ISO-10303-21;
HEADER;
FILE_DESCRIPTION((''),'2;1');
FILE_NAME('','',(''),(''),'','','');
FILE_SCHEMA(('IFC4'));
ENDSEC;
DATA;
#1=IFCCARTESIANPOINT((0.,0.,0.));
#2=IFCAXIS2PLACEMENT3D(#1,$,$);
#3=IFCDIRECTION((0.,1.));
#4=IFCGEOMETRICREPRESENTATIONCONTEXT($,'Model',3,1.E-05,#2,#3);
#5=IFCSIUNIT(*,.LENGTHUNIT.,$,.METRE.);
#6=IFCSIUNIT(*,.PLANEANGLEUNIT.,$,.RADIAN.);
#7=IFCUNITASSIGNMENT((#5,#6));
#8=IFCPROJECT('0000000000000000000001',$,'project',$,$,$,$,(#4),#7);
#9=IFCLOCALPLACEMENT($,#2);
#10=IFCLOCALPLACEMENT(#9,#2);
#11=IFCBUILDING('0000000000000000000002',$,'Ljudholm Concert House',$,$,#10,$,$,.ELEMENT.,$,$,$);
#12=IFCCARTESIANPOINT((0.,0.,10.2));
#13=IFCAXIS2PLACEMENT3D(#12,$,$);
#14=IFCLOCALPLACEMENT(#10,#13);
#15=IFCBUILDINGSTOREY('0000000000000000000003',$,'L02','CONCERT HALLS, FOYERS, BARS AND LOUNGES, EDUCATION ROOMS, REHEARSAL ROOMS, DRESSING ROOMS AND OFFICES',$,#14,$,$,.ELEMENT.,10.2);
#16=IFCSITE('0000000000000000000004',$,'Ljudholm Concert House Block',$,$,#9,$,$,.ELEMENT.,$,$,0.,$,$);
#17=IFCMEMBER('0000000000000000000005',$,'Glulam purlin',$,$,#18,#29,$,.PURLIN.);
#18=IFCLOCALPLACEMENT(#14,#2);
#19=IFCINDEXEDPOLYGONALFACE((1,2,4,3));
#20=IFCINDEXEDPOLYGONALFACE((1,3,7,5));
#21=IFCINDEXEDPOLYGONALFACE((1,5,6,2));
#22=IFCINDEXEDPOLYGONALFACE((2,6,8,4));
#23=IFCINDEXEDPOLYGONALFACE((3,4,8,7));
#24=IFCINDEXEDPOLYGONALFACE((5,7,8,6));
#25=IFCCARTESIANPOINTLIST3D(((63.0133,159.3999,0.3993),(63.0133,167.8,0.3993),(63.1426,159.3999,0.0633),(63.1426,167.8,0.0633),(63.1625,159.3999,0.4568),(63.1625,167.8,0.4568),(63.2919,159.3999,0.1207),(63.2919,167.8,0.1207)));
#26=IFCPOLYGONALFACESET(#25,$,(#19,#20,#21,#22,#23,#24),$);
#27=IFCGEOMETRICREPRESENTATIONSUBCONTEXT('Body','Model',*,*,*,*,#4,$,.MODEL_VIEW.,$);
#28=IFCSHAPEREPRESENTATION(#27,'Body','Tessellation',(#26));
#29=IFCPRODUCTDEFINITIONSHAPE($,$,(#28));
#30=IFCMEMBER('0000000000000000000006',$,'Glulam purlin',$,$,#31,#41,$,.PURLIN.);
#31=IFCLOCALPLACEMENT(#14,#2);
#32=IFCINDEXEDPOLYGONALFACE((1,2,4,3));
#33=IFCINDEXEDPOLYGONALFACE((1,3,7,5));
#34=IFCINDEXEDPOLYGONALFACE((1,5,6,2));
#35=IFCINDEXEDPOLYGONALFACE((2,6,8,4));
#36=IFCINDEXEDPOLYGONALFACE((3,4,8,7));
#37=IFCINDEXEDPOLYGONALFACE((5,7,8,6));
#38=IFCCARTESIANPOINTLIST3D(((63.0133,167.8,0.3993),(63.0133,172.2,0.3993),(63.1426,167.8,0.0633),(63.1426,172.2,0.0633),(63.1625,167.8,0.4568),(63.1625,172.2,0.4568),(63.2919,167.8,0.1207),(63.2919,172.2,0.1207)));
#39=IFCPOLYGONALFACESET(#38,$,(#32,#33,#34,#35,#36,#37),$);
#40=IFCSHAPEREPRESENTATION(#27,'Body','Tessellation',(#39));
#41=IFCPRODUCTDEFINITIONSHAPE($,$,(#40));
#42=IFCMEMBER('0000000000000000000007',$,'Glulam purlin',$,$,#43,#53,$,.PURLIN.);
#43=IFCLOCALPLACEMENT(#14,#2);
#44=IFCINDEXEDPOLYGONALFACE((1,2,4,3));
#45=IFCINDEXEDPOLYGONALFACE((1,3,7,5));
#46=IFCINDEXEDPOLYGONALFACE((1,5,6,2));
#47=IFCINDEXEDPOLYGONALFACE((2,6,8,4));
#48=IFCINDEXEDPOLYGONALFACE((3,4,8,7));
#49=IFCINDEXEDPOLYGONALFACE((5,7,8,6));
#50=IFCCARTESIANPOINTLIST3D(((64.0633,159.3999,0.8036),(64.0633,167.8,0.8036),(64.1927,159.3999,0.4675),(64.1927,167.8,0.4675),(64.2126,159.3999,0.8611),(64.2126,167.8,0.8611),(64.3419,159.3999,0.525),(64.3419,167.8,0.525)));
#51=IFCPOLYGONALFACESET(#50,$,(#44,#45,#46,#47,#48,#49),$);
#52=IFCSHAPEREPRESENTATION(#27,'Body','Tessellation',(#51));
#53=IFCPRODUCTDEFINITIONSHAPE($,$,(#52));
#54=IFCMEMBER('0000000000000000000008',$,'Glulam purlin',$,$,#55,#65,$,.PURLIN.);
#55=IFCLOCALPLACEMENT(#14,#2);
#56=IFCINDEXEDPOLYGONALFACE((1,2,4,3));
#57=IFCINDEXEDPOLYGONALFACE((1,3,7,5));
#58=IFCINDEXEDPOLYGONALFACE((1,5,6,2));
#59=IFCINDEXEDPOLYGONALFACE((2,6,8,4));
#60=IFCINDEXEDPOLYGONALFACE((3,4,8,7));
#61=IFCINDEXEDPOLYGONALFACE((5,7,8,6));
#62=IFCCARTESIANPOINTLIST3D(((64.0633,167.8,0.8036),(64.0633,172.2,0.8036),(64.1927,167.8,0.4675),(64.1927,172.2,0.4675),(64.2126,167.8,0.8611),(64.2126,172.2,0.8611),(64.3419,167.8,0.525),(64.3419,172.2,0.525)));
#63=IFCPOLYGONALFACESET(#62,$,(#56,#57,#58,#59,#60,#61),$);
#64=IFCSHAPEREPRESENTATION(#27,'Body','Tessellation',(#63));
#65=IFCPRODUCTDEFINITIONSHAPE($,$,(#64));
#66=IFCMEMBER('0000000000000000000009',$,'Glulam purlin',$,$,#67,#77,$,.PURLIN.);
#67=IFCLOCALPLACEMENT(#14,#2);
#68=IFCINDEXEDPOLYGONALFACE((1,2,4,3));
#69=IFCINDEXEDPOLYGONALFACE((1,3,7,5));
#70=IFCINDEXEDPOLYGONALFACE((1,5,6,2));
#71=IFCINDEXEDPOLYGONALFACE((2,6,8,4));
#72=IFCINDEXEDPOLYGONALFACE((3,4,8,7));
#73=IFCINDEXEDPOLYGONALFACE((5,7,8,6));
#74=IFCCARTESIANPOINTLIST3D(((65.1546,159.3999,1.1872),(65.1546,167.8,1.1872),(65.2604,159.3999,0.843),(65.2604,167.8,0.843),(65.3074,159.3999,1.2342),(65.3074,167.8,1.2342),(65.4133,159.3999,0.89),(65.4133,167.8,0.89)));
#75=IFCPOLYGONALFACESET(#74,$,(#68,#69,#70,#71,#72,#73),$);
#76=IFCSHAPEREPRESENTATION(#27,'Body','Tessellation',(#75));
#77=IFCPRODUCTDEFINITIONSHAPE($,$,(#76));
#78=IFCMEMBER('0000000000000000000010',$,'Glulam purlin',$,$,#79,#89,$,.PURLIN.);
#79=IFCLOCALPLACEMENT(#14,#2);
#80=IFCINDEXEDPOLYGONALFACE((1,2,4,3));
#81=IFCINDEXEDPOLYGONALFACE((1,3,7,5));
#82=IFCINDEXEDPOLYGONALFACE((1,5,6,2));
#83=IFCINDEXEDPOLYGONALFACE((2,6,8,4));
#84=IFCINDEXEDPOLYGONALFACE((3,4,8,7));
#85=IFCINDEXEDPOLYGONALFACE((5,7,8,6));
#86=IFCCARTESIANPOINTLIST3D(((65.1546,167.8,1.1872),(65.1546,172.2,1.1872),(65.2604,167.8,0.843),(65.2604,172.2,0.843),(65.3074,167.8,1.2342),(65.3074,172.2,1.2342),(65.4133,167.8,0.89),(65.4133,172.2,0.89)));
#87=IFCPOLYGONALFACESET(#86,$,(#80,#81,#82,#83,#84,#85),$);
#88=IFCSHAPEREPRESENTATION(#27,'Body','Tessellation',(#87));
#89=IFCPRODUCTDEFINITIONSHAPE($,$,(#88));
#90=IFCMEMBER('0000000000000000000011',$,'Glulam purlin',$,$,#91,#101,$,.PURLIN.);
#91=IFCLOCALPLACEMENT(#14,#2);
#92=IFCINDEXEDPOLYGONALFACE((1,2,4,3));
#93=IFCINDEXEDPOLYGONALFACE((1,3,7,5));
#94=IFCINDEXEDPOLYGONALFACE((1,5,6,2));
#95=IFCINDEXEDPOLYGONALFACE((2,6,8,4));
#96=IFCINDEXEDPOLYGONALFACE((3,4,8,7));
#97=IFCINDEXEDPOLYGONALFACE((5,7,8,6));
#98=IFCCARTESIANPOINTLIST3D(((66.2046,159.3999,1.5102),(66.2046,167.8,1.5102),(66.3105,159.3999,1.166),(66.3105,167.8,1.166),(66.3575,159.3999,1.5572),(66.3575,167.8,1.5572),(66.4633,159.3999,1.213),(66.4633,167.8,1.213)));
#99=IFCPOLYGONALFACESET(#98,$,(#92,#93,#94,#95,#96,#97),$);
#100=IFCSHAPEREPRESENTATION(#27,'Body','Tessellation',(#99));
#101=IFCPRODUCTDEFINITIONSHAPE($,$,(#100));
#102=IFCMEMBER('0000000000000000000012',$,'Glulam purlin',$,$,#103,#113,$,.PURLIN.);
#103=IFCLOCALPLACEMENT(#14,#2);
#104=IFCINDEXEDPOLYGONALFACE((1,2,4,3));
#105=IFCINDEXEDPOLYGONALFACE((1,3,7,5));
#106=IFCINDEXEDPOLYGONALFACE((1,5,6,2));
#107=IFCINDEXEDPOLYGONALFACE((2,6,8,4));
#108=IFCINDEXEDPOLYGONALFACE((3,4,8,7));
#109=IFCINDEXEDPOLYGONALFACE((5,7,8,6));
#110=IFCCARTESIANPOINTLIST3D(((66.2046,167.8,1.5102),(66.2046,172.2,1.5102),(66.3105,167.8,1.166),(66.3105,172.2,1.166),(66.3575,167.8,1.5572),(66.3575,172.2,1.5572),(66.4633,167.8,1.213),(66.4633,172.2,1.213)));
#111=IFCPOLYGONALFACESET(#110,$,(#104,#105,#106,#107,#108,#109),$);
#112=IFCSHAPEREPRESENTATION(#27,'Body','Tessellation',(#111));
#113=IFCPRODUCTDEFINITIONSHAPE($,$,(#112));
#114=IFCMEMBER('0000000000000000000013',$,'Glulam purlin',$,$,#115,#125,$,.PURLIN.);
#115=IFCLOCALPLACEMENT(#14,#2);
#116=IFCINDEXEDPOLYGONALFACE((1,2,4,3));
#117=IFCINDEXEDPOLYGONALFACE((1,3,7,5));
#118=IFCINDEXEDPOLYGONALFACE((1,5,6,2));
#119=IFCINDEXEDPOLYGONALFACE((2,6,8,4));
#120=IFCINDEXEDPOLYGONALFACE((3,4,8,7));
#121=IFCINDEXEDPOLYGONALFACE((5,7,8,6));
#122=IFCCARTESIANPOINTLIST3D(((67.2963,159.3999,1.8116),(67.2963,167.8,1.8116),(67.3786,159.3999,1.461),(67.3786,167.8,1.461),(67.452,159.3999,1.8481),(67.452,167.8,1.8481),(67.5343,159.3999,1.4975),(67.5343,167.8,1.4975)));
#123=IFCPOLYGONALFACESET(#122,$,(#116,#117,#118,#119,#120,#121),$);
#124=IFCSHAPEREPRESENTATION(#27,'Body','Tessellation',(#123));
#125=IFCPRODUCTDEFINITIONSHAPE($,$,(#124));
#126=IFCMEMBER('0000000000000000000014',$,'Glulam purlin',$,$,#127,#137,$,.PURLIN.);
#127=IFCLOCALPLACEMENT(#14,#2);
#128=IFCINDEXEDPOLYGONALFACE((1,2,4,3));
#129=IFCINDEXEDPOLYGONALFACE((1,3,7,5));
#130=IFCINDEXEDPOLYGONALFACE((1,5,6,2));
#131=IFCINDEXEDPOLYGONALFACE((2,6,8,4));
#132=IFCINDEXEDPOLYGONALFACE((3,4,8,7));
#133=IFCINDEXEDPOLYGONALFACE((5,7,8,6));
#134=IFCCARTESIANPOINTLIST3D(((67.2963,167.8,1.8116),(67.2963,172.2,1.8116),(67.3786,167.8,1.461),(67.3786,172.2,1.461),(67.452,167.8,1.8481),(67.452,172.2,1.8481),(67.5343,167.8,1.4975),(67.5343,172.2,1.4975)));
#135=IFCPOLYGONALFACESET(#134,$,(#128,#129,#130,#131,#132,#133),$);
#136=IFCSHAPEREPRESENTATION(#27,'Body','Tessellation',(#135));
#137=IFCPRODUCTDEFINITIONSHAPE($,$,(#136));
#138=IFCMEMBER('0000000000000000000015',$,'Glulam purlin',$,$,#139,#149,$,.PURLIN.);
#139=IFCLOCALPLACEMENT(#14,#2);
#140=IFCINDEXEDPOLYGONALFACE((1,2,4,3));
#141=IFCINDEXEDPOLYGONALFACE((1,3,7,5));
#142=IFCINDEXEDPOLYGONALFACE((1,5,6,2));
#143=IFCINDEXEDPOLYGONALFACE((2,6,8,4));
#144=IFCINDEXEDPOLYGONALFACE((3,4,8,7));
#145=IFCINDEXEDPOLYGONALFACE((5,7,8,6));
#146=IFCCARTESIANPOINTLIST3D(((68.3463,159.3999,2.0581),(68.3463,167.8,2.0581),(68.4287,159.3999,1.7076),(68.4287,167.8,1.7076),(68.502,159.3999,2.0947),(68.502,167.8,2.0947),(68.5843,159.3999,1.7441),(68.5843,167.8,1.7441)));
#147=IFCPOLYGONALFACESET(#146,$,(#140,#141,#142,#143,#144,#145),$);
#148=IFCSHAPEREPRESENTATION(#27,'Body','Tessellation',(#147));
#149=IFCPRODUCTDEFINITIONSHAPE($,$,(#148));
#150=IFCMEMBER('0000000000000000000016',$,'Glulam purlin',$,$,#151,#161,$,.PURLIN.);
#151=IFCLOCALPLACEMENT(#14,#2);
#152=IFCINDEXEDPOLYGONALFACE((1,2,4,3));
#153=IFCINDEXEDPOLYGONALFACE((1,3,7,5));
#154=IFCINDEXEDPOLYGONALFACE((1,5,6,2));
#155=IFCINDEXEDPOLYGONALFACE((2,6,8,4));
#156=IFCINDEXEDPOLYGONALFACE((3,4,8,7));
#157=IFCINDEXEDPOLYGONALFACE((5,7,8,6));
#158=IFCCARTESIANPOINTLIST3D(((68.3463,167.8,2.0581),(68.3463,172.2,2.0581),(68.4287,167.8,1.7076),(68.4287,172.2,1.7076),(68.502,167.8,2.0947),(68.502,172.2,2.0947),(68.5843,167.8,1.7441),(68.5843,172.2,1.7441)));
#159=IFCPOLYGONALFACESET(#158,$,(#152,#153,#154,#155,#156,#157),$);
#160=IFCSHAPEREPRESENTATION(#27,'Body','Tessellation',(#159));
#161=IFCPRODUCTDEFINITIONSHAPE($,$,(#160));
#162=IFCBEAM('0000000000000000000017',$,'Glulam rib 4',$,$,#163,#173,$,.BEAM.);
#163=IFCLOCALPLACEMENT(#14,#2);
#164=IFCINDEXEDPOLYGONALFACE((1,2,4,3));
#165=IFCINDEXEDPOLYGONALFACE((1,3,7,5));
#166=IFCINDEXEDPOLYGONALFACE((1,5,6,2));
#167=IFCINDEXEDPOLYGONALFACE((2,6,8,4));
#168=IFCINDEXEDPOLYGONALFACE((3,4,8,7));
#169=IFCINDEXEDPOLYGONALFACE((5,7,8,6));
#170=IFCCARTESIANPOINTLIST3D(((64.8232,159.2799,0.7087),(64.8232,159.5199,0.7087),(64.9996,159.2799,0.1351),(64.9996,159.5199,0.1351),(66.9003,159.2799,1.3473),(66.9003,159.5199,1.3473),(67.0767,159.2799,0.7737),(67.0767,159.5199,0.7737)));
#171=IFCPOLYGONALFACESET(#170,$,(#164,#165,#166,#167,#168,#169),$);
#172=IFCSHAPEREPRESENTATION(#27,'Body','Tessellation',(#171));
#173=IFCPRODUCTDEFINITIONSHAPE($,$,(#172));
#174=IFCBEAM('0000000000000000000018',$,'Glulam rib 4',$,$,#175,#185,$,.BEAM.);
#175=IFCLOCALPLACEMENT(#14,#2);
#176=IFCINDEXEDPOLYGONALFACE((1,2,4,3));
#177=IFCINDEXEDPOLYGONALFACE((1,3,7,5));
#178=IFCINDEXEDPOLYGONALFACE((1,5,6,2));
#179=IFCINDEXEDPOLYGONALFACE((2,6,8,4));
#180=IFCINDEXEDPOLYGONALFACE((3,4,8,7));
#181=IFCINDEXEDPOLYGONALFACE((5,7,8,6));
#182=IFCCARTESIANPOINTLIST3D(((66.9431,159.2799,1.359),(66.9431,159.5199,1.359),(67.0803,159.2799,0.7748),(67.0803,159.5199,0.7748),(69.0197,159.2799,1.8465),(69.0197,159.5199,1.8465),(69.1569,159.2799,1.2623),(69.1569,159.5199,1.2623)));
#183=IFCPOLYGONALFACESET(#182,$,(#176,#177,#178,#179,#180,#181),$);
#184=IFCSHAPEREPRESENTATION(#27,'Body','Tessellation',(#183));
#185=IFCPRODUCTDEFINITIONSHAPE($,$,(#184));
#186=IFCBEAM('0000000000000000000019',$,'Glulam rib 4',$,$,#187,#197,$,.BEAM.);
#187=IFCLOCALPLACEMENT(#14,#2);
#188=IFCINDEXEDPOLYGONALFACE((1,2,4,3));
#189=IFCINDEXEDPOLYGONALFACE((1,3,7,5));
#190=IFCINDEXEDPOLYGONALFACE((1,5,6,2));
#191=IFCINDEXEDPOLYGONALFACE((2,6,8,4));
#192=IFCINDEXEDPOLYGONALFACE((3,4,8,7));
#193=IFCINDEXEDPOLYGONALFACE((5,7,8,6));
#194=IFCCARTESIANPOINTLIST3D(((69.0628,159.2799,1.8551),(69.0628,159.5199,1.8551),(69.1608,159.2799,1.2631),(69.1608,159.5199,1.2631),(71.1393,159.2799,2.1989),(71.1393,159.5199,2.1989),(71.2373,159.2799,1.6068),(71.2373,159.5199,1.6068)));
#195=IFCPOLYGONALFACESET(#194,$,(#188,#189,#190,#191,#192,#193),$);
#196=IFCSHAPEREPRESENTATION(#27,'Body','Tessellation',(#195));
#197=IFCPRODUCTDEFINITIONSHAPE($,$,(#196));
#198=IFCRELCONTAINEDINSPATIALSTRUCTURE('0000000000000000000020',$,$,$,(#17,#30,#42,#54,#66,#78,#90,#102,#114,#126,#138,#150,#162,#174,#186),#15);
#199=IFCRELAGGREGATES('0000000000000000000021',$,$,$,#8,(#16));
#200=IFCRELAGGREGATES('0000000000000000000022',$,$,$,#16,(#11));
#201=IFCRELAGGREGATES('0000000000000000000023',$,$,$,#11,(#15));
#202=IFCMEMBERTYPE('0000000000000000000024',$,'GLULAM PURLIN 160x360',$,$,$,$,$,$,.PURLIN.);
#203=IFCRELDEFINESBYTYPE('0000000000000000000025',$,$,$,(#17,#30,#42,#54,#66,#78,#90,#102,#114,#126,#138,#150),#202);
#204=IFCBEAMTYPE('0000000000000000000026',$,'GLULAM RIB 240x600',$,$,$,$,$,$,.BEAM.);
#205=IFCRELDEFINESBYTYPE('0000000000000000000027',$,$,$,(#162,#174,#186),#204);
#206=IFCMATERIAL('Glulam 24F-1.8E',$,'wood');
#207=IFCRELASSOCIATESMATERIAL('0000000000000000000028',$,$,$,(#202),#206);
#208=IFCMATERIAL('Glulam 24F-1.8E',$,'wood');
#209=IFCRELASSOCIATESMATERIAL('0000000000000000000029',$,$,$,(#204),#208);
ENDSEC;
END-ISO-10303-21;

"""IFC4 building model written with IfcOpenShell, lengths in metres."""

from ifc_helpers import new_model, si_unit, direction, frame, origin, origin_2d, place, context, subcontext, project, spatial, rectangle, extrude, material, material_profile, profile_set, type_object, element, save


model = new_model("IFC4")

# Units and contexts
model_context = context("Model", 3, precision=1e-05, world=origin(), true_north=direction((0.0, 1.0)))
body_context = subcontext(model_context, "Body", "Model", "MODEL_VIEW")
ifc_project = project(units=[si_unit("LENGTHUNIT", "METRE"), si_unit("PLANEANGLEUNIT", "RADIAN")], contexts=[model_context])

# Site, building, storey
site_placement = place(None, origin())
site = spatial("IfcSite", under=ifc_project, at=site_placement, Name="Ljudholm Concert House Block", CompositionType="ELEMENT", RefElevation=0.0)
building_placement = place(site_placement, origin())
building = spatial("IfcBuilding", under=site, at=building_placement, Name="Ljudholm Concert House", CompositionType="ELEMENT")
storey_placement = place(building_placement, frame((0.0, 0.0, 10.2)))
storey = spatial("IfcBuildingStorey", under=building, at=storey_placement, Name="L02", Description="CONCERT HALLS, FOYERS, BARS AND LOUNGES, EDUCATION ROOMS, REHEARSAL ROOMS, DRESSING ROOMS AND OFFICES", CompositionType="ELEMENT", Elevation=10.2)

# Members
ifc_material_1 = material(Name="Glulam 24F-1.8E", Category="wood")
ifc_material_profile_1 = material_profile(ifc_material_1, rectangle(XDim=0.1599, YDim=0.3601, at=origin_2d()), Name="GLULAM PURLIN 160x360")
ifc_profile_set_1 = profile_set([ifc_material_profile_1], Name="Glulam 24F-1.8E")
member_type = type_object("IfcMemberType", Name="GLULAM PURLIN 160x360", PredefinedType="PURLIN", material=ifc_profile_set_1)
member_1_placement = place(storey_placement, frame((63.1526, 159.3999, 0.26), z_axis=(0.0, 1.0, 0.0), x_axis=(-0.933249, 0.0, -0.359229)))
element("IfcMember", 1, at=member_1_placement, inside=storey, type_object=member_type, Name="Glulam purlin", PredefinedType="PURLIN", context=body_context, shape_type="SweptSolid", body=[
    extrude(rectangle(XDim=0.1599, YDim=0.3601, at=origin_2d()), origin(), (0.0, 0.0, 1.0), 8.4001),
])
member_2_placement = place(storey_placement, frame((63.1526, 167.8, 0.26), z_axis=(0.0, 1.0, 0.0), x_axis=(-0.933249, 0.0, -0.359229)))
element("IfcMember", 2, at=member_2_placement, inside=storey, type_object=member_type, Name="Glulam purlin", PredefinedType="PURLIN", context=body_context, shape_type="SweptSolid", body=[
    extrude(rectangle(XDim=0.1599, YDim=0.3601, at=origin_2d()), origin(), (0.0, 0.0, 1.0), 4.3999),
])
member_3_placement = place(storey_placement, frame((64.2026, 159.3999, 0.6643), z_axis=(0.0, 1.0, 0.0), x_axis=(-0.933249, 0.0, -0.359229)))
element("IfcMember", 3, at=member_3_placement, inside=storey, type_object=member_type, Name="Glulam purlin", PredefinedType="PURLIN", context=body_context, shape_type="SweptSolid", body=[
    extrude(rectangle(XDim=0.1599, YDim=0.3601, at=origin_2d()), origin(), (0.0, 0.0, 1.0), 8.4001),
])
member_4_placement = place(storey_placement, frame((64.2026, 167.8, 0.6643), z_axis=(0.0, 1.0, 0.0), x_axis=(-0.933249, 0.0, -0.359229)))
element("IfcMember", 4, at=member_4_placement, inside=storey, type_object=member_type, Name="Glulam purlin", PredefinedType="PURLIN", context=body_context, shape_type="SweptSolid", body=[
    extrude(rectangle(XDim=0.1599, YDim=0.3601, at=origin_2d()), origin(), (0.0, 0.0, 1.0), 4.3999),
])
member_5_placement = place(storey_placement, frame((65.2839, 159.3999, 1.0386), z_axis=(0.0, 1.0, 0.0), x_axis=(-0.955834, 0.0, -0.293906)))
element("IfcMember", 5, at=member_5_placement, inside=storey, type_object=member_type, Name="Glulam purlin", PredefinedType="PURLIN", context=body_context, shape_type="SweptSolid", body=[
    extrude(rectangle(XDim=0.1599, YDim=0.3601, at=origin_2d()), origin(), (0.0, 0.0, 1.0), 8.4001),
])
member_6_placement = place(storey_placement, frame((65.2839, 167.8, 1.0386), z_axis=(0.0, 1.0, 0.0), x_axis=(-0.955834, 0.0, -0.293906)))
element("IfcMember", 6, at=member_6_placement, inside=storey, type_object=member_type, Name="Glulam purlin", PredefinedType="PURLIN", context=body_context, shape_type="SweptSolid", body=[
    extrude(rectangle(XDim=0.1599, YDim=0.3601, at=origin_2d()), origin(), (0.0, 0.0, 1.0), 4.3999),
])
member_7_placement = place(storey_placement, frame((66.334, 159.3999, 1.3616), z_axis=(0.0, 1.0, 0.0), x_axis=(-0.955834, 0.0, -0.293906)))
element("IfcMember", 7, at=member_7_placement, inside=storey, type_object=member_type, Name="Glulam purlin", PredefinedType="PURLIN", context=body_context, shape_type="SweptSolid", body=[
    extrude(rectangle(XDim=0.1599, YDim=0.3601, at=origin_2d()), origin(), (0.0, 0.0, 1.0), 8.4001),
])
member_8_placement = place(storey_placement, frame((66.334, 167.8, 1.3616), z_axis=(0.0, 1.0, 0.0), x_axis=(-0.955834, 0.0, -0.293906)))
element("IfcMember", 8, at=member_8_placement, inside=storey, type_object=member_type, Name="Glulam purlin", PredefinedType="PURLIN", context=body_context, shape_type="SweptSolid", body=[
    extrude(rectangle(XDim=0.1599, YDim=0.3601, at=origin_2d()), origin(), (0.0, 0.0, 1.0), 4.3999),
])
member_9_placement = place(storey_placement, frame((67.4153, 159.3999, 1.6545), z_axis=(0.0, 1.0, 0.0), x_axis=(-0.973523, 0.0, -0.228589)))
element("IfcMember", 9, at=member_9_placement, inside=storey, type_object=member_type, Name="Glulam purlin", PredefinedType="PURLIN", context=body_context, shape_type="SweptSolid", body=[
    extrude(rectangle(XDim=0.1599, YDim=0.3601, at=origin_2d()), origin(), (0.0, 0.0, 1.0), 8.4001),
])
member_10_placement = place(storey_placement, frame((67.4153, 167.8, 1.6545), z_axis=(0.0, 1.0, 0.0), x_axis=(-0.973523, 0.0, -0.228589)))
element("IfcMember", 10, at=member_10_placement, inside=storey, type_object=member_type, Name="Glulam purlin", PredefinedType="PURLIN", context=body_context, shape_type="SweptSolid", body=[
    extrude(rectangle(XDim=0.1599, YDim=0.3601, at=origin_2d()), origin(), (0.0, 0.0, 1.0), 4.3999),
])
member_11_placement = place(storey_placement, frame((68.4653, 159.3999, 1.9011), z_axis=(0.0, 1.0, 0.0), x_axis=(-0.973523, 0.0, -0.228589)))
element("IfcMember", 11, at=member_11_placement, inside=storey, type_object=member_type, Name="Glulam purlin", PredefinedType="PURLIN", context=body_context, shape_type="SweptSolid", body=[
    extrude(rectangle(XDim=0.1599, YDim=0.3601, at=origin_2d()), origin(), (0.0, 0.0, 1.0), 8.4001),
])
member_12_placement = place(storey_placement, frame((68.4653, 167.8, 1.9011), z_axis=(0.0, 1.0, 0.0), x_axis=(-0.973523, 0.0, -0.228589)))
element("IfcMember", 12, at=member_12_placement, inside=storey, type_object=member_type, Name="Glulam purlin", PredefinedType="PURLIN", context=body_context, shape_type="SweptSolid", body=[
    extrude(rectangle(XDim=0.1599, YDim=0.3601, at=origin_2d()), origin(), (0.0, 0.0, 1.0), 4.3999),
])

# Beams
ifc_material_2 = material(Name="Glulam 24F-1.8E", Category="wood")
ifc_material_profile_2 = material_profile(ifc_material_2, rectangle(XDim=0.24, YDim=0.6001, at=origin_2d()), Name="GLULAM RIB 240x600")
ifc_profile_set_2 = profile_set([ifc_material_profile_2], Name="Glulam 24F-1.8E")
beam_type = type_object("IfcBeamType", Name="GLULAM RIB 240x600", PredefinedType="BEAM", material=ifc_profile_set_2)
beam_1_placement = place(storey_placement, frame((64.9114, 159.3999, 0.4219), z_axis=(0.955837, 0.0, 0.293896), x_axis=(0.0, 1.0, 0.0)))
element("IfcBeam", 13, at=beam_1_placement, inside=storey, type_object=beam_type, Name="Glulam rib 4", PredefinedType="BEAM", context=body_context, shape_type="SweptSolid", body=[
    extrude(rectangle(XDim=0.24, YDim=0.6001, at=origin_2d()), origin(), (0.0, 0.0, 1.0), 2.1731),
])
beam_2_placement = place(storey_placement, frame((67.0117, 159.3999, 1.0669), z_axis=(0.97353, 0.0, 0.228561), x_axis=(0.0, 1.0, 0.0)))
element("IfcBeam", 14, at=beam_2_placement, inside=storey, type_object=beam_type, Name="Glulam rib 4", PredefinedType="BEAM", context=body_context, shape_type="SweptSolid", body=[
    extrude(rectangle(XDim=0.24, YDim=0.6001, at=origin_2d()), origin(), (0.0, 0.0, 1.0), 2.1331),
])
beam_3_placement = place(storey_placement, frame((69.1118, 159.3999, 1.5591), z_axis=(0.986572, 0.0, 0.163327), x_axis=(0.0, 1.0, 0.0)))
element("IfcBeam", 15, at=beam_3_placement, inside=storey, type_object=beam_type, Name="Glulam rib 4", PredefinedType="BEAM", context=body_context, shape_type="SweptSolid", body=[
    extrude(rectangle(XDim=0.24, YDim=0.6001, at=origin_2d()), origin(), (0.0, 0.0, 1.0), 2.1047),
])

save(model, "model.ifc")
